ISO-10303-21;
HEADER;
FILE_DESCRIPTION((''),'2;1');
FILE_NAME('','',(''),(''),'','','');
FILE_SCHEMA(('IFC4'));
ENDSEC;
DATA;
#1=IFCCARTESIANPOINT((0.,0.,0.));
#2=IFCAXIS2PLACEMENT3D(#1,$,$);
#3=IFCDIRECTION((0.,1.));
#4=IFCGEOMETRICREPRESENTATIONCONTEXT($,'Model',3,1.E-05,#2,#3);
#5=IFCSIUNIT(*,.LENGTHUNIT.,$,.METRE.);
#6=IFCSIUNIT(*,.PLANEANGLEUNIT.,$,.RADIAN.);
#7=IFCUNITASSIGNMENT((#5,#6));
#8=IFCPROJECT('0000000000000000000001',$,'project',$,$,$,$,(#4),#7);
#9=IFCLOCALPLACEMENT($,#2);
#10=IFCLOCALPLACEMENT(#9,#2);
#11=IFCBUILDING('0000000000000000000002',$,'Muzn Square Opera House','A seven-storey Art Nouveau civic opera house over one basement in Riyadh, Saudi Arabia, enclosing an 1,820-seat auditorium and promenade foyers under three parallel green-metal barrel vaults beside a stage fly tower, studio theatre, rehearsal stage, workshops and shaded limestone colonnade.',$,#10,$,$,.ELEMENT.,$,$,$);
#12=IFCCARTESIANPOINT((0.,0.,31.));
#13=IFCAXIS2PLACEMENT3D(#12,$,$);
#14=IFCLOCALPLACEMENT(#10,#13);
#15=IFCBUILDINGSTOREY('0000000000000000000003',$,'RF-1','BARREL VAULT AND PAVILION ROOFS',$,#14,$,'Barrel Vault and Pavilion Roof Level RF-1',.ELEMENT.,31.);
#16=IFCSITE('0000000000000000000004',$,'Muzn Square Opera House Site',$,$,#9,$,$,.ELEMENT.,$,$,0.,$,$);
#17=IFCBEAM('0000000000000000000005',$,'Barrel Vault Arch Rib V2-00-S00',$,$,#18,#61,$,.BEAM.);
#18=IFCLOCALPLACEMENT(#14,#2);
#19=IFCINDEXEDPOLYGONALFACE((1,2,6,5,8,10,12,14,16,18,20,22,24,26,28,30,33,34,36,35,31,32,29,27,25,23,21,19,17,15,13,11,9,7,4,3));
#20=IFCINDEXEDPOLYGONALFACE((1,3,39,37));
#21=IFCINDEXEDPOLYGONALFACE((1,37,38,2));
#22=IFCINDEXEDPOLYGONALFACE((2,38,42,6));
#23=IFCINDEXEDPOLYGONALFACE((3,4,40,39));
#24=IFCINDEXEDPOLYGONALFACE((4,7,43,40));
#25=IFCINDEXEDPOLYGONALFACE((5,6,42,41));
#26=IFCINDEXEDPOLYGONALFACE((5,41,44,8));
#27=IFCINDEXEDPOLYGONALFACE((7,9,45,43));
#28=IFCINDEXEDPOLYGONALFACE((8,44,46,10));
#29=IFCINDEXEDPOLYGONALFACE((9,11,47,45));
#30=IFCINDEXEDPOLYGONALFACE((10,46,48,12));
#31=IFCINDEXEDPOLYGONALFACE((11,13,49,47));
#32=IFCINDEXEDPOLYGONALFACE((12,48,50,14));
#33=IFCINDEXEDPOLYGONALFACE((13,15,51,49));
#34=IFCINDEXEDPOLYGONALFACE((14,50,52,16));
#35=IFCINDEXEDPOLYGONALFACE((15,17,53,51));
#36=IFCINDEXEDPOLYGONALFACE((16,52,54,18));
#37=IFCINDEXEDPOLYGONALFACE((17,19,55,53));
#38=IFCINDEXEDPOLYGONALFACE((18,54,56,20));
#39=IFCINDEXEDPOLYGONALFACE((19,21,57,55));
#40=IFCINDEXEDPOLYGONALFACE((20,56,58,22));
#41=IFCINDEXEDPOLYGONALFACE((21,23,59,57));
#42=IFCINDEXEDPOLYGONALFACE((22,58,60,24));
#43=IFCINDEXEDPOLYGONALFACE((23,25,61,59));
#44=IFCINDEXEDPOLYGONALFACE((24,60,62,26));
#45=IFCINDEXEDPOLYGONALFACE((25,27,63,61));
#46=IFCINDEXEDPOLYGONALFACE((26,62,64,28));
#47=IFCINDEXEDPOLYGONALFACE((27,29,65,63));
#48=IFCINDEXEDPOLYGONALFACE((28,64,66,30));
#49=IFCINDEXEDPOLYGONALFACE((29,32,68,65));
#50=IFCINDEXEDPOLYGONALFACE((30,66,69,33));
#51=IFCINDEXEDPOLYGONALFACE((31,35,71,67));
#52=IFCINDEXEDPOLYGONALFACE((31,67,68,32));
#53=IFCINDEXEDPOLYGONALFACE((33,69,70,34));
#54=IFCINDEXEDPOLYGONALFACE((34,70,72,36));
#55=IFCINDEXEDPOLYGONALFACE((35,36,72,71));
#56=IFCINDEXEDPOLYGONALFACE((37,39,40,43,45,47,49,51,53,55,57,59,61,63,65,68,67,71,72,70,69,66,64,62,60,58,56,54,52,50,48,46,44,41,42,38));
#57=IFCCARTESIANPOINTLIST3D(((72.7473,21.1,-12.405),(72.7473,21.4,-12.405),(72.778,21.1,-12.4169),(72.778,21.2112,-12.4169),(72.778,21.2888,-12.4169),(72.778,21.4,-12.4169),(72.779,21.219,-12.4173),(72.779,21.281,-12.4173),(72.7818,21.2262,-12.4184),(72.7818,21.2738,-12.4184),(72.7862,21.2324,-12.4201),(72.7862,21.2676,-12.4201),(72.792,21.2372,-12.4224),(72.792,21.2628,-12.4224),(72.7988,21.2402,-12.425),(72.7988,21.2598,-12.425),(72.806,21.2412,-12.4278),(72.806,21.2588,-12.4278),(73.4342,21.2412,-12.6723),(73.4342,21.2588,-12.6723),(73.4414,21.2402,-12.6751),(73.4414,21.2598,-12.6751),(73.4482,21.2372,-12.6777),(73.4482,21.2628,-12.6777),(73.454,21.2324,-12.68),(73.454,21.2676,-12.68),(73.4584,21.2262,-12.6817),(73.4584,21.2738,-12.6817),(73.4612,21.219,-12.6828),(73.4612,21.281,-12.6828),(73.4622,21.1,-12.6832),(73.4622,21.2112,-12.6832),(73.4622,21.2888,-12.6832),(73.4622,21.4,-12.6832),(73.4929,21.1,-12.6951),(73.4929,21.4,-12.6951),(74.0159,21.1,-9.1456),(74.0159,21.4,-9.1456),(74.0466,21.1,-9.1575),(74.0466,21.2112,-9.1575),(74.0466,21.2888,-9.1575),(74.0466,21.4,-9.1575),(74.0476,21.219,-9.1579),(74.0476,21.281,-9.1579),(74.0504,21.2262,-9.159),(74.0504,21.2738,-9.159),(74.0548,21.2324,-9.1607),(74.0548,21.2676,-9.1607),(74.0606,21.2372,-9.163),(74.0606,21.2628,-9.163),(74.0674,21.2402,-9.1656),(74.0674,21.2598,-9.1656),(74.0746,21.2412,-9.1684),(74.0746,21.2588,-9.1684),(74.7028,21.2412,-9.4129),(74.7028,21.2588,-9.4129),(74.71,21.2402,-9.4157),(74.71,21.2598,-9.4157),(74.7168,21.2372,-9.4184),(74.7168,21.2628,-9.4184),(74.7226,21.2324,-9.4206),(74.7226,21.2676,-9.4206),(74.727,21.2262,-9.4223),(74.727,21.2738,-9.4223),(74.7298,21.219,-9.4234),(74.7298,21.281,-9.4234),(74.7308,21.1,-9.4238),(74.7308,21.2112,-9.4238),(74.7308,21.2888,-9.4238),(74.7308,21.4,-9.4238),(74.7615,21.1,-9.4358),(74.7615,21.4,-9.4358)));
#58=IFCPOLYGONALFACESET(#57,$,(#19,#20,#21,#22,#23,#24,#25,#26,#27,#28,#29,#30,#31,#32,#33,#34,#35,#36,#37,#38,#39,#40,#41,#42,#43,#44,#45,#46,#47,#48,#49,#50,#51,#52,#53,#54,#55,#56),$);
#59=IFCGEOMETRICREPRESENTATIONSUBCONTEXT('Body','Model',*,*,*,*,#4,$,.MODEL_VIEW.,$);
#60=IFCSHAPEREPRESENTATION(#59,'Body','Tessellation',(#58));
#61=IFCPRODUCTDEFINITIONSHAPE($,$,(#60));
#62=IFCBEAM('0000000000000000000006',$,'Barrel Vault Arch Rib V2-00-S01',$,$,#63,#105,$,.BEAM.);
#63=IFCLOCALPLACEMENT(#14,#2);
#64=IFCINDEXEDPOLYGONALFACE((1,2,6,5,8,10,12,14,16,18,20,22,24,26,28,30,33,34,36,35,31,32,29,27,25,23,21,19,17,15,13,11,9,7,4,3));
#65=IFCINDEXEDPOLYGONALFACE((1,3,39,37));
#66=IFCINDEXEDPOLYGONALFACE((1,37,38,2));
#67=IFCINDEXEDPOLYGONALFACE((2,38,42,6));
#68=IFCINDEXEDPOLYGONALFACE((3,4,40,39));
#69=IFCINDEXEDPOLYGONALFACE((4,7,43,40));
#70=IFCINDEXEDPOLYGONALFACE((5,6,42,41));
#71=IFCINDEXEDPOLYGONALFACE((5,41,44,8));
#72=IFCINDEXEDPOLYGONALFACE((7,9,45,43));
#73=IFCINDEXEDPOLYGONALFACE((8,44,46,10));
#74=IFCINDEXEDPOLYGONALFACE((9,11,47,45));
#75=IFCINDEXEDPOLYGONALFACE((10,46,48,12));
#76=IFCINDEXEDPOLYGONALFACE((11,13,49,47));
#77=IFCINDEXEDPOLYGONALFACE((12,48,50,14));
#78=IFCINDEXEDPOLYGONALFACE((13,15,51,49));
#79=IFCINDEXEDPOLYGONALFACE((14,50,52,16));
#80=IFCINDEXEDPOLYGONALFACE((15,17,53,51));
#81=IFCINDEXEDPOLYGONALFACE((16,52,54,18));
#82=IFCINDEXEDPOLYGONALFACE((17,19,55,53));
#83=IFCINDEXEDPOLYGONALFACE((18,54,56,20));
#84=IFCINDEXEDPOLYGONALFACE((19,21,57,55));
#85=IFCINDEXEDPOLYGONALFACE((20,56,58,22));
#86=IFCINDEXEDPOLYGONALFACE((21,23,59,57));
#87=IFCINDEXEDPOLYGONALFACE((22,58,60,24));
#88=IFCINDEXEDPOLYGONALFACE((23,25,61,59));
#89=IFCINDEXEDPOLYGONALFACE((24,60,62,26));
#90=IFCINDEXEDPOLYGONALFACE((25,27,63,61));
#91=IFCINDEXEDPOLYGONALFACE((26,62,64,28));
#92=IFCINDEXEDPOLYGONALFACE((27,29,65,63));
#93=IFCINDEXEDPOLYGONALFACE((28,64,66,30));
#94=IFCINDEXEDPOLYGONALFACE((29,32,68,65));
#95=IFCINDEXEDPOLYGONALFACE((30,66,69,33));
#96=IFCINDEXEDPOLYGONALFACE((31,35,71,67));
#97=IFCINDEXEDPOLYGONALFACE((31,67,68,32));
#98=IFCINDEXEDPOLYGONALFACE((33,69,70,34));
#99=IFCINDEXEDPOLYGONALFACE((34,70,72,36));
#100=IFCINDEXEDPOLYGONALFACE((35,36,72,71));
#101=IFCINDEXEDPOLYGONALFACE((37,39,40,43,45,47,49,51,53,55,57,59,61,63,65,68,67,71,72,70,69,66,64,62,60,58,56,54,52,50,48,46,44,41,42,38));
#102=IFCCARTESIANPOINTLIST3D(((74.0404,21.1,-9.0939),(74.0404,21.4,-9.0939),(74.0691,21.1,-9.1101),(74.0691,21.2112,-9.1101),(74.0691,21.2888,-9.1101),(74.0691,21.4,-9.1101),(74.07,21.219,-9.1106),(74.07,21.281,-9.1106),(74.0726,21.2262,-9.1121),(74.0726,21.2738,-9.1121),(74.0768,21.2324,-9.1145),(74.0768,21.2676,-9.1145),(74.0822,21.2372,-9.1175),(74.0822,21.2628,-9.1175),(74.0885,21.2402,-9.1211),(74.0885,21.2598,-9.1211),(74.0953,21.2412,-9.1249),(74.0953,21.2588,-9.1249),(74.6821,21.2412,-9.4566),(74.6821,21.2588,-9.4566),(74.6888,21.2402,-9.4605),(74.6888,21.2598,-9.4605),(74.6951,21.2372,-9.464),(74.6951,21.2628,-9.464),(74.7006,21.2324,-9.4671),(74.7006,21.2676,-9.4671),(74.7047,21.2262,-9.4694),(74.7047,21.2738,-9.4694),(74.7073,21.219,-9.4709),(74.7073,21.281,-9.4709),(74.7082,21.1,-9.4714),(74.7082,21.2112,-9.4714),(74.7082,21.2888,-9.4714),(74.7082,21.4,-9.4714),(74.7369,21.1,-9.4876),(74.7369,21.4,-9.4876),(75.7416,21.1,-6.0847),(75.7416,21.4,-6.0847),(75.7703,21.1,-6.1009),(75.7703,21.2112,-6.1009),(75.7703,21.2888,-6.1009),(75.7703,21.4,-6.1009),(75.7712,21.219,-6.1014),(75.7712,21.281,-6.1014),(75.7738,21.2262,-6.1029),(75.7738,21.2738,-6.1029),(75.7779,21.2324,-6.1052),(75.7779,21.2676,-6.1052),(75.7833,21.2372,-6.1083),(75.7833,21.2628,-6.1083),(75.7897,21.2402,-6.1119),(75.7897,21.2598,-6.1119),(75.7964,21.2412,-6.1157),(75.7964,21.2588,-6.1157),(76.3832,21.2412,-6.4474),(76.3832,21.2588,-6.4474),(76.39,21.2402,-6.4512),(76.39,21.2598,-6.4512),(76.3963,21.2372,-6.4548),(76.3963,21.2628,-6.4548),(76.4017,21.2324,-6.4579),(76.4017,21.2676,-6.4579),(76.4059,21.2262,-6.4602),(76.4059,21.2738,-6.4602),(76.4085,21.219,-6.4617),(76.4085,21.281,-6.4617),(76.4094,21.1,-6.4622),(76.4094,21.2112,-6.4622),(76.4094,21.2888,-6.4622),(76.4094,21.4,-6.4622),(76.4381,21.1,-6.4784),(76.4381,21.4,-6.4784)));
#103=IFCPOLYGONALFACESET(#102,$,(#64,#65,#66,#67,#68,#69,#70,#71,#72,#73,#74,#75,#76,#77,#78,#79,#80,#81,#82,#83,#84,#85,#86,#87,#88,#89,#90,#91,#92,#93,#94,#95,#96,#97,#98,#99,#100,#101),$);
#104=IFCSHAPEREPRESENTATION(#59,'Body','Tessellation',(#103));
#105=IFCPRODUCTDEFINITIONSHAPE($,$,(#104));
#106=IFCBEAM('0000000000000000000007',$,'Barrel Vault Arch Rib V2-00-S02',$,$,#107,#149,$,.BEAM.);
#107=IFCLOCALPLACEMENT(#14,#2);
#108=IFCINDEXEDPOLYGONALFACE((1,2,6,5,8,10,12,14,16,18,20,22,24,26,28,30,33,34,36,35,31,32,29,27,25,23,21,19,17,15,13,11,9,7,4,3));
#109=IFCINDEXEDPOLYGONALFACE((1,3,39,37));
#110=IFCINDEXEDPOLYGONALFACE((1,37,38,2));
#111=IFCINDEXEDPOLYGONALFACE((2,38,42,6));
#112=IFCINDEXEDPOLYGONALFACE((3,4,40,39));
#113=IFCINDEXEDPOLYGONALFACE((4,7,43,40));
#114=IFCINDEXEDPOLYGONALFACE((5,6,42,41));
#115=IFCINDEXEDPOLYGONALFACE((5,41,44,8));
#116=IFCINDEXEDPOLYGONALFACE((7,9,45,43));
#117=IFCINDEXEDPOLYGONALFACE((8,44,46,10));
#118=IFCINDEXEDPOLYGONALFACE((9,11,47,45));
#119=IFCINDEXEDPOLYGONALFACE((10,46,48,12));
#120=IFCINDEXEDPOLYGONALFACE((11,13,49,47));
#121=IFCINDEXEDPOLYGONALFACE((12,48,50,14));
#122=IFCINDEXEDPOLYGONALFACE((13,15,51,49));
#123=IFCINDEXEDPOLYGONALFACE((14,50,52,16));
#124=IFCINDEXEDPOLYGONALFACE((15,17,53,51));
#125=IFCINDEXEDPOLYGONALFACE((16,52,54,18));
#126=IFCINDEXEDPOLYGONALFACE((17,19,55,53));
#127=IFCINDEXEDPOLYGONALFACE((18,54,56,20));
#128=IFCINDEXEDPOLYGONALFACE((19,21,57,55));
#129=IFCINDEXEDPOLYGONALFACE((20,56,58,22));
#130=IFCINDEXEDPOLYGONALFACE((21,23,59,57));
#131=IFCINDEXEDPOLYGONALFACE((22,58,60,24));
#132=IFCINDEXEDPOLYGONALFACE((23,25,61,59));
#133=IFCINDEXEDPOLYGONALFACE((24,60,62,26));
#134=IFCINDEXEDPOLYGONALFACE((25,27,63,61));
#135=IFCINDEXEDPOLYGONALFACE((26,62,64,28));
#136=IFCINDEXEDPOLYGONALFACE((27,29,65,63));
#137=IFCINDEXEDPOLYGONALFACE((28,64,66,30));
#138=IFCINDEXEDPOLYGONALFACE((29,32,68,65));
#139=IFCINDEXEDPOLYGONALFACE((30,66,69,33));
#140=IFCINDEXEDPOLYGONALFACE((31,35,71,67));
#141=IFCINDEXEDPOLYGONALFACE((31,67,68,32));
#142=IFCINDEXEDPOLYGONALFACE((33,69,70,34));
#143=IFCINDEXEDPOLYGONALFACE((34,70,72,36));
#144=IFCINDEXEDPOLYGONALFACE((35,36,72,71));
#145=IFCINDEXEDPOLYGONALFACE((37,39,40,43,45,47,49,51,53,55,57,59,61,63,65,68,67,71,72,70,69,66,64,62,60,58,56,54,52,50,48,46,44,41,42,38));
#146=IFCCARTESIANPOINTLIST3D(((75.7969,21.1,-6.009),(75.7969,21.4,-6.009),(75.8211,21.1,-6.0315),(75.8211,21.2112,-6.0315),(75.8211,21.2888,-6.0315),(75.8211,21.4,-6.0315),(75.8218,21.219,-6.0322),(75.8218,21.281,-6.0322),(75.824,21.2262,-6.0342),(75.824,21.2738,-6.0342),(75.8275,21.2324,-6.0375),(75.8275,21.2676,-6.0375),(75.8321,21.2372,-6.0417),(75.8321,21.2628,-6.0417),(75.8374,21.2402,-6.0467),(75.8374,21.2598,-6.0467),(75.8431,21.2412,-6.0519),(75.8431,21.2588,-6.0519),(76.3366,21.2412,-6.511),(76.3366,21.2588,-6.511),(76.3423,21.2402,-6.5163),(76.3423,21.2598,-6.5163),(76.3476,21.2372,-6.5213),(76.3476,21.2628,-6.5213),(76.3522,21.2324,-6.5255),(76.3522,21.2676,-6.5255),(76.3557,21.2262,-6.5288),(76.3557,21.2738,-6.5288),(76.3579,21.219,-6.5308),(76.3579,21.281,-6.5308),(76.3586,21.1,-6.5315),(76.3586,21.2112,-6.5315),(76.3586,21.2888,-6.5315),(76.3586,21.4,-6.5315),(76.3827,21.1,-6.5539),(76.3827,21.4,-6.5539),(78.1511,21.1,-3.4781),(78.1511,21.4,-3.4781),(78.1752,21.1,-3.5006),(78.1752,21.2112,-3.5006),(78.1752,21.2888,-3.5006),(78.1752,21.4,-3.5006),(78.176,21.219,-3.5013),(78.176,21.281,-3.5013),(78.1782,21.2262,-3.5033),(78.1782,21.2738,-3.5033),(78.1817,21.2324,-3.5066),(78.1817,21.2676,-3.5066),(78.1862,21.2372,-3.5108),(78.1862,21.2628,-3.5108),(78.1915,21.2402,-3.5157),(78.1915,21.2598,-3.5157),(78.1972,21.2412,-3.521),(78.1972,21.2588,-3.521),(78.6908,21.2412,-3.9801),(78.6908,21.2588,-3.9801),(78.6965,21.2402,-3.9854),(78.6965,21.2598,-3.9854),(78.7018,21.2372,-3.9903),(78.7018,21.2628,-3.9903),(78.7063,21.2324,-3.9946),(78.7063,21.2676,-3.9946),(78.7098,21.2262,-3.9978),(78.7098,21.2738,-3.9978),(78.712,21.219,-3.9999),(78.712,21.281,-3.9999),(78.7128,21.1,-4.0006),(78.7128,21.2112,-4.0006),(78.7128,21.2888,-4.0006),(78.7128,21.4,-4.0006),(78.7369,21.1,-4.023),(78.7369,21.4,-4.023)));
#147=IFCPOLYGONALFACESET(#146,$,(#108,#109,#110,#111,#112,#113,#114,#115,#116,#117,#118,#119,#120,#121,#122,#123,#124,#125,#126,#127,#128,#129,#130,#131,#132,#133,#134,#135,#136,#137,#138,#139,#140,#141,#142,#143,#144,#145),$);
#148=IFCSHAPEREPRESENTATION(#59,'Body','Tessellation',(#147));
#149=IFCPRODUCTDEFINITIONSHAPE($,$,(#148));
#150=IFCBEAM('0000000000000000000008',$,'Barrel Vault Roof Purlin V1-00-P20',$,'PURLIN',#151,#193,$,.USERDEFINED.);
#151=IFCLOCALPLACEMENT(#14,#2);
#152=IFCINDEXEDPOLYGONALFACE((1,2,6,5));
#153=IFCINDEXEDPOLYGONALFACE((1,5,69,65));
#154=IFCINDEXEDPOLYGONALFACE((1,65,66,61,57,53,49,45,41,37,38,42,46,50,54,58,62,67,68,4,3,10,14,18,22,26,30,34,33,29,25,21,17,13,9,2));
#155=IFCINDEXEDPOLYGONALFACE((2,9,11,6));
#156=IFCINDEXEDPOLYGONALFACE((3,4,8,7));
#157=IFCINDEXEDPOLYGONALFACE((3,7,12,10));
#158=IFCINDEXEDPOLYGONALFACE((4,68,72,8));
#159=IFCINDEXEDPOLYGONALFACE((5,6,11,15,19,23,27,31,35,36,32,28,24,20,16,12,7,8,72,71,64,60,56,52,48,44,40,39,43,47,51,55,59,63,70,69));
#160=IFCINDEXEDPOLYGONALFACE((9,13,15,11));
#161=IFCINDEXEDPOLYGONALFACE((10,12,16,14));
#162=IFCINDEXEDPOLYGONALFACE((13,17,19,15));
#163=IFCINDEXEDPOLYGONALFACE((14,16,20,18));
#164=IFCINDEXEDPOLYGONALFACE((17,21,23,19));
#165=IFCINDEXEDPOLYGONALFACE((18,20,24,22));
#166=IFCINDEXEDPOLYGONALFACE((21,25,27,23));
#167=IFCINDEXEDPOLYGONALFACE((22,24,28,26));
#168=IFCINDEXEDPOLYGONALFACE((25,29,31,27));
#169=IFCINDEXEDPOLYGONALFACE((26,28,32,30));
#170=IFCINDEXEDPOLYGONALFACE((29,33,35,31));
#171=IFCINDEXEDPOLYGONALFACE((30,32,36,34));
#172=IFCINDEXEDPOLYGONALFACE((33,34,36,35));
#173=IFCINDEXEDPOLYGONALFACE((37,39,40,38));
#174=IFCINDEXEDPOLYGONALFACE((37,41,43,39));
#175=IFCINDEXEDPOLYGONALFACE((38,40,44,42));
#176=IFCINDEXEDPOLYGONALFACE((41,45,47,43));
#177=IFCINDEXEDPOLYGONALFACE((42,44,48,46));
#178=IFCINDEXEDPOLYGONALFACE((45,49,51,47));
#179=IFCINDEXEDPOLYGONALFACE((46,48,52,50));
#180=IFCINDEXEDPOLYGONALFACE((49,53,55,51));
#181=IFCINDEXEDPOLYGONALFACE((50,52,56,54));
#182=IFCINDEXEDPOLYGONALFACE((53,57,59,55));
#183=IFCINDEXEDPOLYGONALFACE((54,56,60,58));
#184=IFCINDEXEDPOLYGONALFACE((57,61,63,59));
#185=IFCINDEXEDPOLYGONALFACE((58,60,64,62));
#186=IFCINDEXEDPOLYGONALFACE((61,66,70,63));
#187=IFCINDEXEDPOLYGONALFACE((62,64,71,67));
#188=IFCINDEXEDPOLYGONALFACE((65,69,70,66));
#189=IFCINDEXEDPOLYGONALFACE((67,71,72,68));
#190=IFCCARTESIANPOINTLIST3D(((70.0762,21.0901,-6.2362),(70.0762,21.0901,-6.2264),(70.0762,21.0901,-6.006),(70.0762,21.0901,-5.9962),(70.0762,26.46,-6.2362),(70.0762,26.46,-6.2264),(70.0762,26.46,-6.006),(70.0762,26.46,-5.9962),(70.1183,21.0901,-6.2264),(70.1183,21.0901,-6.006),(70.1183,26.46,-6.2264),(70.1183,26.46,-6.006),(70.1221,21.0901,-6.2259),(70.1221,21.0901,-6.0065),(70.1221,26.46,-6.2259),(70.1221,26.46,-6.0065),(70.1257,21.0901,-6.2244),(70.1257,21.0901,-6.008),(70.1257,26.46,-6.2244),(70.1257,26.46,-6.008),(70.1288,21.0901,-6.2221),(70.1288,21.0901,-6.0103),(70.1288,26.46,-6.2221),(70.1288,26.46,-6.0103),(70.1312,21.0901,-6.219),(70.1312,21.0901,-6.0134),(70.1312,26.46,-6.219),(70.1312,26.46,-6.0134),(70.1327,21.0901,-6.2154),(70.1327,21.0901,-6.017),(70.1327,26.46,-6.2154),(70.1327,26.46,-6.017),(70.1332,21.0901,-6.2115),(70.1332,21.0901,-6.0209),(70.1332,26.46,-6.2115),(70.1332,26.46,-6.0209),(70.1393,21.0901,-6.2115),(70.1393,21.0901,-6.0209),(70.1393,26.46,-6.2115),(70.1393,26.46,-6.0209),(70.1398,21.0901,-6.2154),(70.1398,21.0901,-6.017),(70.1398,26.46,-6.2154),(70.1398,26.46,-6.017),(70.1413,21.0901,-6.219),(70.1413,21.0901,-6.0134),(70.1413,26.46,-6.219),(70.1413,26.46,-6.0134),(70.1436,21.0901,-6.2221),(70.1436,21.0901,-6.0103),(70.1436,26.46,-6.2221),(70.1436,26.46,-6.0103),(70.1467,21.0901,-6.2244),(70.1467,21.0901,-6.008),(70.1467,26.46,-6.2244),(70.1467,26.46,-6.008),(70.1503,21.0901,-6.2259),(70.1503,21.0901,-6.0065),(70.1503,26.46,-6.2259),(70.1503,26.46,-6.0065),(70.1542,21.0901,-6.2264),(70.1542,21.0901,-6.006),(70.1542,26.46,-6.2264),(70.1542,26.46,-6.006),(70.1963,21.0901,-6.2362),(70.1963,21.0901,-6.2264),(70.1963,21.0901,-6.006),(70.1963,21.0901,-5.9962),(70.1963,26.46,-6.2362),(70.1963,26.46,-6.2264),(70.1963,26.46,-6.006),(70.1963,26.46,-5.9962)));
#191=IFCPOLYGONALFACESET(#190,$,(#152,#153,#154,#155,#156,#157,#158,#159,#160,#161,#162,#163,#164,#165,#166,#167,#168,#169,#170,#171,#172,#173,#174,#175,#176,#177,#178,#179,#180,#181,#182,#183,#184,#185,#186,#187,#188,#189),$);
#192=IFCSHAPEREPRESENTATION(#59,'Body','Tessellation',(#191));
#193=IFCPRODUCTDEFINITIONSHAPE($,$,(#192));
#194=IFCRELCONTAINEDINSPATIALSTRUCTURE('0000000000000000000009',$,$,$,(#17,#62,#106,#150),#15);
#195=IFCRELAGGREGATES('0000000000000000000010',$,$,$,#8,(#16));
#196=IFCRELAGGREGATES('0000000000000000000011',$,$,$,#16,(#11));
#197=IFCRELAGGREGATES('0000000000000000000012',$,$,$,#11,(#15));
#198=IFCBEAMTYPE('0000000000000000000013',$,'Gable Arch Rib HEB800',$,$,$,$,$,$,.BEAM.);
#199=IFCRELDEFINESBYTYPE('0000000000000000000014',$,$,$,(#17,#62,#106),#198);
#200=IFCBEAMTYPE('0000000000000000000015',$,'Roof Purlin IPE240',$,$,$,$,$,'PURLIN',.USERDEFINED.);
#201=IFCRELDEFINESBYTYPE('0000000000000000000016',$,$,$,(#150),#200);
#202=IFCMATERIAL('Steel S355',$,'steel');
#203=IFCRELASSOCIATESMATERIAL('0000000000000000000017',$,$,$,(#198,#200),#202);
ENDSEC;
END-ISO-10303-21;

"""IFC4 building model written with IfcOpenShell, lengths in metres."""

from ifc_helpers import new_model, si_unit, direction, frame, origin, origin_2d, place, context, subcontext, project, spatial, i_section, extrude, material, material_profile, profile_set, type_object, element, save


model = new_model("IFC4")

# Units and contexts
model_context = context("Model", 3, precision=1e-05, world=origin(), true_north=direction((0.0, 1.0)))
body_context = subcontext(model_context, "Body", "Model", "MODEL_VIEW")
ifc_project = project(units=[si_unit("LENGTHUNIT", "METRE"), si_unit("PLANEANGLEUNIT", "RADIAN")], contexts=[model_context])

# Site, building, storey
site_placement = place(None, origin())
site = spatial("IfcSite", under=ifc_project, at=site_placement, Name="Muzn Square Opera House Site", CompositionType="ELEMENT", RefElevation=0.0)
building_placement = place(site_placement, origin())
building = spatial("IfcBuilding", under=site, at=building_placement, Name="Muzn Square Opera House", Description="A seven-storey Art Nouveau civic opera house over one basement in Riyadh, Saudi Arabia, enclosing an 1,820-seat auditorium and promenade foyers under three parallel green-metal barrel vaults beside a stage fly tower, studio theatre, rehearsal stage, workshops and shaded limestone colonnade.", CompositionType="ELEMENT")
storey_placement = place(building_placement, frame((0.0, 0.0, 31.0)))
storey = spatial("IfcBuildingStorey", under=building, at=storey_placement, Name="RF-1", Description="BARREL VAULT AND PAVILION ROOFS", LongName="Barrel Vault and Pavilion Roof Level RF-1", CompositionType="ELEMENT", Elevation=31.0)

# Beams
ifc_material_1 = material(Name="Steel S355", Category="steel")
ifc_material_profile_1 = material_profile(ifc_material_1, i_section(OverallWidth=0.3, OverallDepth=0.8, WebThickness=0.0176, FlangeThickness=0.033, FilletRadius=0.03, at=origin_2d()), Name="HEB 800", Category="steel")
ifc_profile_set_1 = profile_set([ifc_material_profile_1], Name="Steel S355")
beam_type_1 = type_object("IfcBeamType", Name="Gable Arch Rib HEB800", PredefinedType="BEAM", material=ifc_profile_set_1)
for number, where, z_axis, x_axis, name in (
    (1, (73.1201, 21.25, -12.55), (0.362709, 0.0, 0.931902), (0.0, 1.0, 0.0), "Barrel Vault Arch Rib V2-00-S00"),
):
    element("IfcBeam", number, at=place(storey_placement, frame(where, z_axis=z_axis, x_axis=x_axis)), inside=storey, type_object=beam_type_1, Name=name, PredefinedType="BEAM", context=body_context, shape_type="SweptSolid", body=[
        extrude(i_section(OverallWidth=0.3, OverallDepth=0.8, WebThickness=0.0176, FlangeThickness=0.033, FilletRadius=0.03, at=origin_2d()), origin(), (0.0, 0.0, 1.0), 3.4976),
    ])
beam_1_placement = place(storey_placement, frame((74.3887, 21.25, -9.2908), z_axis=(0.492118, 0.0, 0.870529), x_axis=(0.0, 1.0, 0.0)))
element("IfcBeam", 2, at=beam_1_placement, inside=storey, type_object=beam_type_1, Name="Barrel Vault Arch Rib V2-00-S01", PredefinedType="BEAM", context=body_context, shape_type="SweptSolid", body=[
    extrude(i_section(OverallWidth=0.3, OverallDepth=0.8, WebThickness=0.0176, FlangeThickness=0.033, FilletRadius=0.03, at=origin_2d()), origin(), (0.0, 0.0, 1.0), 3.4568),
])
beam_2_placement = place(storey_placement, frame((76.0898, 21.25, -6.2815), z_axis=(0.681077, 0.0, 0.732212), x_axis=(0.0, 1.0, 0.0)))
element("IfcBeam", 3, at=beam_2_placement, inside=storey, type_object=beam_type_1, Name="Barrel Vault Arch Rib V2-00-S02", PredefinedType="BEAM", context=body_context, shape_type="SweptSolid", body=[
    extrude(i_section(OverallWidth=0.3, OverallDepth=0.8, WebThickness=0.0176, FlangeThickness=0.033, FilletRadius=0.03, at=origin_2d()), origin(), (0.0, 0.0, 1.0), 3.4565),
])
ifc_material_profile_2 = material_profile(ifc_material_1, i_section(OverallWidth=0.1201, OverallDepth=0.24, WebThickness=0.0061, FlangeThickness=0.0098, FilletRadius=0.0149, at=origin_2d()), Name="IPE 240", Category="steel")
ifc_profile_set_2 = profile_set([ifc_material_profile_2], Name="Steel S355")
beam_type_2 = type_object("IfcBeamType", Name="Roof Purlin IPE240", ElementType="PURLIN", PredefinedType="USERDEFINED", material=ifc_profile_set_2)
for number, where, z_axis, x_axis, name in (
    (4, (70.1362, 21.0901, -6.1162), (0.0, 1.0, 0.0), (-1.0, 0.0, 0.0), "Barrel Vault Roof Purlin V1-00-P20"),
):
    element("IfcBeam", number, at=place(storey_placement, frame(where, z_axis=z_axis, x_axis=x_axis)), inside=storey, type_object=beam_type_2, Name=name, ObjectType="PURLIN", PredefinedType="USERDEFINED", context=body_context, shape_type="SweptSolid", body=[
        extrude(i_section(OverallWidth=0.1201, OverallDepth=0.24, WebThickness=0.0061, FlangeThickness=0.0098, FilletRadius=0.0149, at=origin_2d()), origin(), (0.0, 0.0, 1.0), 5.3699),
    ])

save(model, "model.ifc")
